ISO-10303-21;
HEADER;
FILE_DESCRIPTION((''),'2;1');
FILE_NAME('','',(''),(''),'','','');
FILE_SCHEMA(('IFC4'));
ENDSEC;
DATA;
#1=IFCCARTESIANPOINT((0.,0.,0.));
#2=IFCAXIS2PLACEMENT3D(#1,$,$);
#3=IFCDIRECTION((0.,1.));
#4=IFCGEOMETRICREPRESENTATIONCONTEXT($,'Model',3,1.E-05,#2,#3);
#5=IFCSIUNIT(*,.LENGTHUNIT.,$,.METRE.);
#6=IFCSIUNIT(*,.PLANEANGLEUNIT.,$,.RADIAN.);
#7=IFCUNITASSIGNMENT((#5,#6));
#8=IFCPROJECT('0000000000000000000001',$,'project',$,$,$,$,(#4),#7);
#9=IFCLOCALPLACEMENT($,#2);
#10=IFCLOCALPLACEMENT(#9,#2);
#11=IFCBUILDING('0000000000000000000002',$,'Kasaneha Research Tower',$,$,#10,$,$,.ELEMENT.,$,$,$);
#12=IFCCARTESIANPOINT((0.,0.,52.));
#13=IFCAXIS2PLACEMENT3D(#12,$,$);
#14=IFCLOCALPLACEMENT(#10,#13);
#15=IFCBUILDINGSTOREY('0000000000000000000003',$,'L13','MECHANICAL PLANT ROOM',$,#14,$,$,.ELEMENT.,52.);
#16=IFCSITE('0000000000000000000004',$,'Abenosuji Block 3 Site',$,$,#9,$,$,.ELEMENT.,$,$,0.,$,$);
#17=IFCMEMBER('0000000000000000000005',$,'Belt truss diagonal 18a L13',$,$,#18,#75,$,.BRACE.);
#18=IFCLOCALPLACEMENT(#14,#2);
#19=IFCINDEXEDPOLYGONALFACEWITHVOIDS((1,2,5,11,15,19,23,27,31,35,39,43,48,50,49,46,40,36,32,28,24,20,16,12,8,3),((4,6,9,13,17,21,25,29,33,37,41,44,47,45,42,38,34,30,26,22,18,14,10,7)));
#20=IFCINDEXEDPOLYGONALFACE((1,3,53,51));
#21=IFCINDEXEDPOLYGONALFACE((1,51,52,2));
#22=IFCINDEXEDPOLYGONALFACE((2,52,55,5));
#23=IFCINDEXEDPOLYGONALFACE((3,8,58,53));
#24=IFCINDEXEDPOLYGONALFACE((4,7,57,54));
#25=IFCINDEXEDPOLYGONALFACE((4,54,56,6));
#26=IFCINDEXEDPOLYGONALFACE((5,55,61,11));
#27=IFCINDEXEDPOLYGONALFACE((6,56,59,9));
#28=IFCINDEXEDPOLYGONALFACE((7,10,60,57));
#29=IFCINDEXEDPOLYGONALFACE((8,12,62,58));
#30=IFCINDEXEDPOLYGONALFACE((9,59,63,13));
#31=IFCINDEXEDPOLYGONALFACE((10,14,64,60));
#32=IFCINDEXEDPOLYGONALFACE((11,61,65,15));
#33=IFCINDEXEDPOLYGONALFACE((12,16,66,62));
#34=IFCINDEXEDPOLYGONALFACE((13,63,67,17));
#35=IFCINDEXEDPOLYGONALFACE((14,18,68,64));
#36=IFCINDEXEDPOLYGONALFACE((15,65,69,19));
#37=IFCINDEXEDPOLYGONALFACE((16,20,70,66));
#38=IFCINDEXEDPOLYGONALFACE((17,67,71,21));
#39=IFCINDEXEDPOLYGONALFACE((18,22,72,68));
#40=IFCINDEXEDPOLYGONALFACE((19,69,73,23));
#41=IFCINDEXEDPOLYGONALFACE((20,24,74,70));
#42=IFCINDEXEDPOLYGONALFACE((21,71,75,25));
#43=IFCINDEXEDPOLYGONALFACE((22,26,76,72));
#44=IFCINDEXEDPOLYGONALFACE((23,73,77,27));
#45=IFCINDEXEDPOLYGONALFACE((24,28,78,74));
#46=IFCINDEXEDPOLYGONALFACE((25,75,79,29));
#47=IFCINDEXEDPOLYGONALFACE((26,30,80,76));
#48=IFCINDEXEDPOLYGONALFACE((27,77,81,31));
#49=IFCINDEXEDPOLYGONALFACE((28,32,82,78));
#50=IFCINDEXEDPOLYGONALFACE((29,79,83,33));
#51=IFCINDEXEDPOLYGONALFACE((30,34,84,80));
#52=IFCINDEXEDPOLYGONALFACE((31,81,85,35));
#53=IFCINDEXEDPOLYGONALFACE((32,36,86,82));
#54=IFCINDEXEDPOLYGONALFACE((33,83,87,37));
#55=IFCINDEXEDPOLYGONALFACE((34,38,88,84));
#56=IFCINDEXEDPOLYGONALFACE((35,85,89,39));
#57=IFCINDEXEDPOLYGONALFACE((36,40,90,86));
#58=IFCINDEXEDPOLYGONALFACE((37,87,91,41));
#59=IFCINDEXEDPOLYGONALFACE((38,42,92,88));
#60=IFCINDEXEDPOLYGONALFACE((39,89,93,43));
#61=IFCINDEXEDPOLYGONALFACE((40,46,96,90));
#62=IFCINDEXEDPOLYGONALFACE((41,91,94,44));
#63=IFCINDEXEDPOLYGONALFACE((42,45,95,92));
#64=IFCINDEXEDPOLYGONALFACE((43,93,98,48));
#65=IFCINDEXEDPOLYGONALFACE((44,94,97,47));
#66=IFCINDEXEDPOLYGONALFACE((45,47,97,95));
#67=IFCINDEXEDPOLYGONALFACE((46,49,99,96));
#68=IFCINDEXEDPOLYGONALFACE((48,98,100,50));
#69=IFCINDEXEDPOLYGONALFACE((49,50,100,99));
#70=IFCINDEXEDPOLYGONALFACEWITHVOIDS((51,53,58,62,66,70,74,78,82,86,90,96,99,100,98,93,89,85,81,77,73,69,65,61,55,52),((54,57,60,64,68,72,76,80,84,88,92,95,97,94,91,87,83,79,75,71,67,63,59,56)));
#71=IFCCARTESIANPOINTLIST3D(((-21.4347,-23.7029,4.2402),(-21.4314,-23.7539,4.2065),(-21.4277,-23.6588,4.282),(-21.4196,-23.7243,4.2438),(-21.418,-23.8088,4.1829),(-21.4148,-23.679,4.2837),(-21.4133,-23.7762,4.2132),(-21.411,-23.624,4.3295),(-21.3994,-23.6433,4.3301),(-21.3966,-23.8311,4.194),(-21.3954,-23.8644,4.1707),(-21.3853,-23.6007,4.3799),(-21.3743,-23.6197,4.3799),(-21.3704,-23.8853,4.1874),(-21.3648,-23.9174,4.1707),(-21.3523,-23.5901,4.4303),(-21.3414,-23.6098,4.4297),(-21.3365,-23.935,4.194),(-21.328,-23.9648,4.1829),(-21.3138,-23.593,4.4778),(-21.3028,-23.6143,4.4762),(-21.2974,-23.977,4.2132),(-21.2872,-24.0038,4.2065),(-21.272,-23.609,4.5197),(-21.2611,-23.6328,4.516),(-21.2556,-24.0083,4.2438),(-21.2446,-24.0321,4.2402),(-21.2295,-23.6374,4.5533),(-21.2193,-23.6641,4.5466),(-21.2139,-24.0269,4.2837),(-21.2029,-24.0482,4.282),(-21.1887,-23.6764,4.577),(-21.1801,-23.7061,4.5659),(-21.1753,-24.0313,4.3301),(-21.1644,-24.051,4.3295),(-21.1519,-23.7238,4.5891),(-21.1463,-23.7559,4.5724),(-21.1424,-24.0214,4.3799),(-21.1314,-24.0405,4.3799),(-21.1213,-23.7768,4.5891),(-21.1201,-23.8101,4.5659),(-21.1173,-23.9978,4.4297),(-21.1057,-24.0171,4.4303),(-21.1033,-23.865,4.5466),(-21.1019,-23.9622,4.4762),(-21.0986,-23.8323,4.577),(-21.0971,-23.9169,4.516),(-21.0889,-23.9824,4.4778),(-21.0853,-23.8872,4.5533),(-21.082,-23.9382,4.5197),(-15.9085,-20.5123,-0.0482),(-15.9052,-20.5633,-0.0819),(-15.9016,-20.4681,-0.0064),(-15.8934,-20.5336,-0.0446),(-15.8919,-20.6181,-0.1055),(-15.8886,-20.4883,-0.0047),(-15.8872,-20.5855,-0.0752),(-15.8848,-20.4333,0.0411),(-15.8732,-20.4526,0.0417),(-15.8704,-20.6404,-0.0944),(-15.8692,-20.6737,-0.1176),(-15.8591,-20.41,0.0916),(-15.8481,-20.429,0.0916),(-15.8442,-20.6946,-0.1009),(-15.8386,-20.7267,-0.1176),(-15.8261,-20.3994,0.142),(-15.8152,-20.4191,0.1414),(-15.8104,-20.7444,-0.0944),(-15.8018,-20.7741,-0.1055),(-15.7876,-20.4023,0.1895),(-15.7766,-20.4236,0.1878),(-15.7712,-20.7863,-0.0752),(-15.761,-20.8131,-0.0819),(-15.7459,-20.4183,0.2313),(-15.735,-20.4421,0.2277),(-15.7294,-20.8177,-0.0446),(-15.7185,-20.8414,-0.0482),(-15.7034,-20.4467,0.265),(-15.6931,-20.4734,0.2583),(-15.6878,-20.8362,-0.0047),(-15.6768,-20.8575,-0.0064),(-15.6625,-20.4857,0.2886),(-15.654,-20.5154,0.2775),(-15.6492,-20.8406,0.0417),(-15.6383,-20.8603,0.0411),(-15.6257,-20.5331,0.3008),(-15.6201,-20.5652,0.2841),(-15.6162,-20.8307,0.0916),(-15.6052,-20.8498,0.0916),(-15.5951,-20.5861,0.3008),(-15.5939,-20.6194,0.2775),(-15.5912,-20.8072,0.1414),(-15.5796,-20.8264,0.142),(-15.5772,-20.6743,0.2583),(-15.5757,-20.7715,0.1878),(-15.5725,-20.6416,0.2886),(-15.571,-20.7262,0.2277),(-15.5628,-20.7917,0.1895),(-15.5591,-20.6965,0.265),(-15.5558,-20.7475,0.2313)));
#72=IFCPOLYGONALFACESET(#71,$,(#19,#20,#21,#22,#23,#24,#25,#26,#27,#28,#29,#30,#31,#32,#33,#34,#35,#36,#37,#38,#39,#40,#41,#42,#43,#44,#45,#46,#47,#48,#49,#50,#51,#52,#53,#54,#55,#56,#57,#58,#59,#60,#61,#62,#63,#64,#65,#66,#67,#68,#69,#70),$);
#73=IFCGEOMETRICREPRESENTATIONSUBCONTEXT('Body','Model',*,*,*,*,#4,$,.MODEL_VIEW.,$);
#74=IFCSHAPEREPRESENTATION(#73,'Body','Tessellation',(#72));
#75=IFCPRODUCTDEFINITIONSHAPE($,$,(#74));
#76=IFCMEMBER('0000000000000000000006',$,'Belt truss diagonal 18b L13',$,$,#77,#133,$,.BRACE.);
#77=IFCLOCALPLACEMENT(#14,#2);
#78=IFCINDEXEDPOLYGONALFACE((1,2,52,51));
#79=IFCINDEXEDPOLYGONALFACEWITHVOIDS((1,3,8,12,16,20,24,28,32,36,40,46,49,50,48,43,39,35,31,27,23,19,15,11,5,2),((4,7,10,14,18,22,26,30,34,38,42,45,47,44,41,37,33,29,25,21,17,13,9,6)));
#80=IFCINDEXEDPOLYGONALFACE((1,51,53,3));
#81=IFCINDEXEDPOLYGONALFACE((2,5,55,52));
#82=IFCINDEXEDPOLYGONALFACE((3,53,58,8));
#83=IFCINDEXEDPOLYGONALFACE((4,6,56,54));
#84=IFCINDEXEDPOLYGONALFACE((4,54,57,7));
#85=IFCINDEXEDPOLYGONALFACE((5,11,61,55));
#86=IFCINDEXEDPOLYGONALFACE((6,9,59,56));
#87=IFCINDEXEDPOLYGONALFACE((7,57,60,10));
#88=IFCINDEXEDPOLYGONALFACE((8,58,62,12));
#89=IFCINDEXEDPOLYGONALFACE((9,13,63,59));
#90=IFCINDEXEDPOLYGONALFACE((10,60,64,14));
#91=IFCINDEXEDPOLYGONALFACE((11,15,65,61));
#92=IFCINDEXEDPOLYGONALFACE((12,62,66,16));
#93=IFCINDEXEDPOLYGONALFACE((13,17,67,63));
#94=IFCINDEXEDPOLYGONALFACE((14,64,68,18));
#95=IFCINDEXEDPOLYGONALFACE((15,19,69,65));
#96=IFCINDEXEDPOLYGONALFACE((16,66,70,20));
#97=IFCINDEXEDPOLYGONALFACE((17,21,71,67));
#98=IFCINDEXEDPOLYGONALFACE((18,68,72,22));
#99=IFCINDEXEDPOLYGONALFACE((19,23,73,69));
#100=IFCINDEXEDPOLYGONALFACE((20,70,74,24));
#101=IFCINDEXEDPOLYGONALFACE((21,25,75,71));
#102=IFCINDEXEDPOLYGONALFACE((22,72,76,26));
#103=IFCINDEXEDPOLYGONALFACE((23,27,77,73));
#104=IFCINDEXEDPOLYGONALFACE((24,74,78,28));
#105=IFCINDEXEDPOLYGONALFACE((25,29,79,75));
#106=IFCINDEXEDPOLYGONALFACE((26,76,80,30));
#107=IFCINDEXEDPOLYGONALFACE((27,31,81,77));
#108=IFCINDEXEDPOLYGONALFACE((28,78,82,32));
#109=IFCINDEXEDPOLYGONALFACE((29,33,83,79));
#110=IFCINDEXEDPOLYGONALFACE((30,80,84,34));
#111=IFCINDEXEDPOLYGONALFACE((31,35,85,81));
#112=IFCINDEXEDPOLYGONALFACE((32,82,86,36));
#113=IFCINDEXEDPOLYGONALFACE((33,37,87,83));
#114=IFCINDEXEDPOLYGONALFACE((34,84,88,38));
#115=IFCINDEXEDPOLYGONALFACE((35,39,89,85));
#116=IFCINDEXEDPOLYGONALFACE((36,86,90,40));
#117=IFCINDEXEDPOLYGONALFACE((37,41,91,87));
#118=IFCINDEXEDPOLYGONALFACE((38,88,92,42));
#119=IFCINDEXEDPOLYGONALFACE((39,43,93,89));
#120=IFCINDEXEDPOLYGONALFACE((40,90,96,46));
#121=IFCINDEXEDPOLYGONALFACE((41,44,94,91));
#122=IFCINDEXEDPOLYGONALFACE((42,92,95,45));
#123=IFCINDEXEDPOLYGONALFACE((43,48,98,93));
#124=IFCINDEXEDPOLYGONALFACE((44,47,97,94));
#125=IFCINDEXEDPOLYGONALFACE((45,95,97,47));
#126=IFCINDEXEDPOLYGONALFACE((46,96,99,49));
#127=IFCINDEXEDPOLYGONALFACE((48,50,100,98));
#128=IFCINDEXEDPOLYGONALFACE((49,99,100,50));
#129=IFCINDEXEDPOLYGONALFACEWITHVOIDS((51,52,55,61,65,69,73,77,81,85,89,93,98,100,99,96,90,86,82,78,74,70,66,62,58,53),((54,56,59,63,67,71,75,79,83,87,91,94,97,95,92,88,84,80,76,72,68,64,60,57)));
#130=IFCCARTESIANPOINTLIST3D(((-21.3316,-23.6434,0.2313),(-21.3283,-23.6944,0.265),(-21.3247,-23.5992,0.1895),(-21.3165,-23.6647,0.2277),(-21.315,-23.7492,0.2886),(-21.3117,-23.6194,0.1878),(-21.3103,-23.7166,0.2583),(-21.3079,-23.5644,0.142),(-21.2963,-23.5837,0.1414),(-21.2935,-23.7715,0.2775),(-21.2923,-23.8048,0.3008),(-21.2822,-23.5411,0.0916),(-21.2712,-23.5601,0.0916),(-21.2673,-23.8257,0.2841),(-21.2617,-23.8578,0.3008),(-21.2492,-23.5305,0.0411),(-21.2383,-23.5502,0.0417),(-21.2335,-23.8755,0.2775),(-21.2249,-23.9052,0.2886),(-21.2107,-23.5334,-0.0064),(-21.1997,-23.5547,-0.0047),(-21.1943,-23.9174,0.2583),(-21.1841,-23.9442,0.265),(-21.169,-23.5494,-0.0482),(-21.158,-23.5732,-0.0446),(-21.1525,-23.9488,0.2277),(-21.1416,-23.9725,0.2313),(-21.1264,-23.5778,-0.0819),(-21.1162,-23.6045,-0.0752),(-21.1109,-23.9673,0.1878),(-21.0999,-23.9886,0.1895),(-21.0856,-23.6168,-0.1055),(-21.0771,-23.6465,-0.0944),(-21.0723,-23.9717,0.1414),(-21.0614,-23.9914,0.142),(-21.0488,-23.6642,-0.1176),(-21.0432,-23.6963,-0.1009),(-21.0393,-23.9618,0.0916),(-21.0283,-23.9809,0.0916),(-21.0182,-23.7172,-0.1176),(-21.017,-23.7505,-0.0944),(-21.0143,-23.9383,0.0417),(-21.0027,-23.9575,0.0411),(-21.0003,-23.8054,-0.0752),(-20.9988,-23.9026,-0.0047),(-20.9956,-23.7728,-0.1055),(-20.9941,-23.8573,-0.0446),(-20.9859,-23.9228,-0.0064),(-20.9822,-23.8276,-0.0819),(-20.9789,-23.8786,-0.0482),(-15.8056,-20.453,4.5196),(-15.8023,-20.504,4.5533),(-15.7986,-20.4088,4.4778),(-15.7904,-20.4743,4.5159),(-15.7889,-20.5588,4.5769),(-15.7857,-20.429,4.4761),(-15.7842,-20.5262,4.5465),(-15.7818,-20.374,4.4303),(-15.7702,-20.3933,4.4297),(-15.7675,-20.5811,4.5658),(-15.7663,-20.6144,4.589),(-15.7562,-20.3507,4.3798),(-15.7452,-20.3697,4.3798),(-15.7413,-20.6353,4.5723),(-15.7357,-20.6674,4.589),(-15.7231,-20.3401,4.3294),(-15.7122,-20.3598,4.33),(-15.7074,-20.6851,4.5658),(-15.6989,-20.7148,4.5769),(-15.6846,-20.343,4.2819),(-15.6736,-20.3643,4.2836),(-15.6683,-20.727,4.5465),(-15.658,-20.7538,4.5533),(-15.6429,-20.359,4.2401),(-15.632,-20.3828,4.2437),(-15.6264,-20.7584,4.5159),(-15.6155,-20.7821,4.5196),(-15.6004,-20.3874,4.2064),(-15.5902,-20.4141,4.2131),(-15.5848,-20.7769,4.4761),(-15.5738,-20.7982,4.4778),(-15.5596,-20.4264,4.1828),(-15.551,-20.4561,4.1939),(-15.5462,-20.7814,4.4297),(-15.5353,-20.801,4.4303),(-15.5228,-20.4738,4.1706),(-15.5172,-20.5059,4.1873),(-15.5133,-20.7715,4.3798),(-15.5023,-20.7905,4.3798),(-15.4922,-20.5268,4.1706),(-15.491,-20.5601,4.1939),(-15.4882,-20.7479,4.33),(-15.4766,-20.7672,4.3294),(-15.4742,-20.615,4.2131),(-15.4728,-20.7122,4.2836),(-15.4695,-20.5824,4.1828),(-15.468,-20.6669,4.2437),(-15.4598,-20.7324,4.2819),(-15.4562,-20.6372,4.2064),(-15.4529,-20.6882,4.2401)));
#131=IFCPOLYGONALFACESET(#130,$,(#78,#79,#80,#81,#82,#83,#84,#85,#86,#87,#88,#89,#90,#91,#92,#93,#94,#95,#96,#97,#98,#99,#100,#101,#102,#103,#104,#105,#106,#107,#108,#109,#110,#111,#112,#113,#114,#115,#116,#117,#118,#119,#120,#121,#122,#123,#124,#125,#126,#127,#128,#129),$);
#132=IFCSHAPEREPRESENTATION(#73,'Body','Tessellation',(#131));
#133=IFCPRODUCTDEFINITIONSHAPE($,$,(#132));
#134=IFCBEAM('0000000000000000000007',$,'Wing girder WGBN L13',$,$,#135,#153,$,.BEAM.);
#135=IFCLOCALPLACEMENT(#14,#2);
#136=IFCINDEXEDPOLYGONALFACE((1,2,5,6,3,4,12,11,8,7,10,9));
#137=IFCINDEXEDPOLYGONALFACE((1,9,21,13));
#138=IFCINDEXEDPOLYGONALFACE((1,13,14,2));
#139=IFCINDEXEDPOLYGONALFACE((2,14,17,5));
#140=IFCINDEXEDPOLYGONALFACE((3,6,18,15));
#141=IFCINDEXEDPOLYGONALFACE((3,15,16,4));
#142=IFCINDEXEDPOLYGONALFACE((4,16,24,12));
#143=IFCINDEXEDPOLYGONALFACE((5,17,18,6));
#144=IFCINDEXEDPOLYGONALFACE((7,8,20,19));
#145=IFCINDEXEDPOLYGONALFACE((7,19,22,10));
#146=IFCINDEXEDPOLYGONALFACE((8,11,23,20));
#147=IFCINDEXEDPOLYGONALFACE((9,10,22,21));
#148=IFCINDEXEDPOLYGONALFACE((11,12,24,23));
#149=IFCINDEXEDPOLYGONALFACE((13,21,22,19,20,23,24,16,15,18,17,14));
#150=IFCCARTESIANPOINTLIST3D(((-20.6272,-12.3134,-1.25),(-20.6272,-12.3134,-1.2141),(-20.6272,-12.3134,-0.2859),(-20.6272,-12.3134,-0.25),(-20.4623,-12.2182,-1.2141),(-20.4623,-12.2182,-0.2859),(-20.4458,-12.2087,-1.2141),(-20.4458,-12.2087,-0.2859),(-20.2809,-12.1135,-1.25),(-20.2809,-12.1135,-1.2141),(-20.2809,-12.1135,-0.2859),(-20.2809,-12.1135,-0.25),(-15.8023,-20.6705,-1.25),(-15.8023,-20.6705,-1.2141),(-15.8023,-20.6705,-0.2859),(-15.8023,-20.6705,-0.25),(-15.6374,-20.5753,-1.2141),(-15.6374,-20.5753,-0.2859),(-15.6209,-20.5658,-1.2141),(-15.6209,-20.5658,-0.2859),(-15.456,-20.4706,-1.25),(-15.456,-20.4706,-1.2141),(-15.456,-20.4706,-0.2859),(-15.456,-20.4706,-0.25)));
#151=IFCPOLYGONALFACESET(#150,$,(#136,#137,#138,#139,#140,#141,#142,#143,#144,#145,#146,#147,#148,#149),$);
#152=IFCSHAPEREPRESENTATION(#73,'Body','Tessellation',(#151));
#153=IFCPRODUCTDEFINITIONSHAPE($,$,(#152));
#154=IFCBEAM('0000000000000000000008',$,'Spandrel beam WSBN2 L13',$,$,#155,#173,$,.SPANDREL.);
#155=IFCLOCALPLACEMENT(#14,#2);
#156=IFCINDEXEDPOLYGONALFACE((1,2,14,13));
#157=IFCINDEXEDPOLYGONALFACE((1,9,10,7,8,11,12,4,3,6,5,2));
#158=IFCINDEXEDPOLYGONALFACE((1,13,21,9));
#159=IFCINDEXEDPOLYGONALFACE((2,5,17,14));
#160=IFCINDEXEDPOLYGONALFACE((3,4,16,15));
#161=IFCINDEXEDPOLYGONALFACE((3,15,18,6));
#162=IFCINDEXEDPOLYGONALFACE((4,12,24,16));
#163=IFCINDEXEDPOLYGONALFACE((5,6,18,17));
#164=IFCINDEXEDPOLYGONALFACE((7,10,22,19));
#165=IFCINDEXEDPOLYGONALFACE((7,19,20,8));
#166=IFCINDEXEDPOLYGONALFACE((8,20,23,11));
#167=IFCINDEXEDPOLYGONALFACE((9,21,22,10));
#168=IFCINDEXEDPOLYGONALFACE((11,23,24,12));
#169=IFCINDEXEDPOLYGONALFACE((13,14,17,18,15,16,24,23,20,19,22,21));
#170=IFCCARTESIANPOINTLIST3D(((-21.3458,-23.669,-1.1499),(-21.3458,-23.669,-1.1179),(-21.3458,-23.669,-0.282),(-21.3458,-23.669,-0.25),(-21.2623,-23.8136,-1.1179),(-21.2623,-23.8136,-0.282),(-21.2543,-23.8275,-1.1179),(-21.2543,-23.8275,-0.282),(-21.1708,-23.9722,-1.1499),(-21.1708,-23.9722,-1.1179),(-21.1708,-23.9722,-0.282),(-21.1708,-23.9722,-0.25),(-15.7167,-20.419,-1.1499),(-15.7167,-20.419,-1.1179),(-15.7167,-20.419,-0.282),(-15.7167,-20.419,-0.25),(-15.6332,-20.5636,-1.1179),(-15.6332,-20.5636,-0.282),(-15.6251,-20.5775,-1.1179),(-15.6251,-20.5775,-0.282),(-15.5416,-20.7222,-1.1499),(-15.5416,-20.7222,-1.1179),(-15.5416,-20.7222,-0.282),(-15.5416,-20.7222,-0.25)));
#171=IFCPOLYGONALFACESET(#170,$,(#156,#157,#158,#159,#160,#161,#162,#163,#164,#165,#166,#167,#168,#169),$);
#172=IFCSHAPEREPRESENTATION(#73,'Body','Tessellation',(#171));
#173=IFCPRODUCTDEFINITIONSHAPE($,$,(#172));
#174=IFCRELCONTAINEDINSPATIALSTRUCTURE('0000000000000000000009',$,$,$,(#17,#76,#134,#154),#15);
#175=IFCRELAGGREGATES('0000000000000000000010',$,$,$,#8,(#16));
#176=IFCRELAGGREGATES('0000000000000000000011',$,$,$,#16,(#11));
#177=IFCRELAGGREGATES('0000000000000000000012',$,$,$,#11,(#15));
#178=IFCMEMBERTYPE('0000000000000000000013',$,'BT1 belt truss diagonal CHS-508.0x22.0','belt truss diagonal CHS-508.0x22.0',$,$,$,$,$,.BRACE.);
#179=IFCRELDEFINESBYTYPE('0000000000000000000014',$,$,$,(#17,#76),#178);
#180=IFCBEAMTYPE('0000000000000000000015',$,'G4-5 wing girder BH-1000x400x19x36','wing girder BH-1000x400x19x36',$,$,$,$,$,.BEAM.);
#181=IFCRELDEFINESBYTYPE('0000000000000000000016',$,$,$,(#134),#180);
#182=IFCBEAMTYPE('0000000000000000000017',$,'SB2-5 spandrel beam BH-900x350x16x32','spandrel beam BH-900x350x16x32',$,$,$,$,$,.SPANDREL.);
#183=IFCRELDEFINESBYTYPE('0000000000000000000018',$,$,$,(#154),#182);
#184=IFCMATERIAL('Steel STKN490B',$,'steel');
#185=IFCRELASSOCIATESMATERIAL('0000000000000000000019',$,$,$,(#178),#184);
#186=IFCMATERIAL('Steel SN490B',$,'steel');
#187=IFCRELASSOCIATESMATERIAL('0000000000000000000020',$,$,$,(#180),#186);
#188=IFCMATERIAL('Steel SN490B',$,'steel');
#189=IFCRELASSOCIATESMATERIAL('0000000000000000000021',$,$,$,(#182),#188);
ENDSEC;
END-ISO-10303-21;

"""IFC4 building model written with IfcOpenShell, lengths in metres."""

from ifc_helpers import new_model, si_unit, direction, frame, origin, origin_2d, place, context, subcontext, project, spatial, hollow_circle, i_section, extrude, material, material_profile, profile_set, type_object, element, save


model = new_model("IFC4")

# Units and contexts
model_context = context("Model", 3, precision=1e-05, world=origin(), true_north=direction((0.0, 1.0)))
body_context = subcontext(model_context, "Body", "Model", "MODEL_VIEW")
ifc_project = project(units=[si_unit("LENGTHUNIT", "METRE"), si_unit("PLANEANGLEUNIT", "RADIAN")], contexts=[model_context])

# Site, building, storey
site_placement = place(None, origin())
site = spatial("IfcSite", under=ifc_project, at=site_placement, Name="Abenosuji Block 3 Site", CompositionType="ELEMENT", RefElevation=0.0)
building_placement = place(site_placement, origin())
building = spatial("IfcBuilding", under=site, at=building_placement, Name="Kasaneha Research Tower", CompositionType="ELEMENT")
storey_placement = place(building_placement, frame((0.0, 0.0, 52.0)))
storey = spatial("IfcBuildingStorey", under=building, at=storey_placement, Name="L13", Description="MECHANICAL PLANT ROOM", CompositionType="ELEMENT", Elevation=52.0)

# Members
ifc_material_1 = material(Name="Steel STKN490B", Category="steel")
ifc_material_profile_1 = material_profile(ifc_material_1, hollow_circle(Radius=0.2539, WallThickness=0.022, at=origin_2d()), Name="CHS-508.0x22.0")
ifc_profile_set_1 = profile_set([ifc_material_profile_1], Name="Steel STKN490B")
member_type = type_object("IfcMemberType", Name="BT1 belt truss diagonal CHS-508.0x22.0", Description="belt truss diagonal CHS-508.0x22.0", PredefinedType="BRACE", material=ifc_profile_set_1)
member_1_placement = place(storey_placement, frame((-15.7322, -20.6299, 0.0916), z_axis=(-0.718781, -0.41501, 0.557782), x_axis=(0.500019, -0.866014, 0.0)))
element("IfcMember", 1, at=member_1_placement, inside=storey, type_object=member_type, Name="Belt truss diagonal 18a L13", PredefinedType="BRACE", context=body_context, shape_type="SweptSolid", body=[
    extrude(hollow_circle(Radius=0.2539, WallThickness=0.022, at=origin_2d()), origin(), (0.0, 0.0, 1.0), 7.6882),
])
member_2_placement = place(storey_placement, frame((-21.1553, -23.761, 0.0916), z_axis=(0.718791, 0.414984, 0.557789), x_axis=(-0.499991, 0.866031, 0.0)))
element("IfcMember", 2, at=member_2_placement, inside=storey, type_object=member_type, Name="Belt truss diagonal 18b L13", PredefinedType="BRACE", context=body_context, shape_type="SweptSolid", body=[
    extrude(hollow_circle(Radius=0.2539, WallThickness=0.022, at=origin_2d()), origin(), (0.0, 0.0, 1.0), 7.688),
])

# Beams
ifc_material_2 = material(Name="Steel SN490B", Category="steel")
ifc_material_profile_2 = material_profile(ifc_material_2, i_section(OverallWidth=0.3999, OverallDepth=1.0, WebThickness=0.019, FlangeThickness=0.0359, at=origin_2d()), Name="BH-1000x400x19x36")
ifc_profile_set_2 = profile_set([ifc_material_profile_2], Name="Steel SN490B")
beam_type_1 = type_object("IfcBeamType", Name="G4-5 wing girder BH-1000x400x19x36", Description="wing girder BH-1000x400x19x36", PredefinedType="BEAM", material=ifc_profile_set_2)
beam_1_placement = place(storey_placement, frame((-15.6292, -20.5706, -0.75), z_axis=(-0.499995, 0.866028, 0.0), x_axis=(-0.866028, -0.499995, 0.0)))
element("IfcBeam", 3, at=beam_1_placement, inside=storey, type_object=beam_type_1, Name="Wing girder WGBN L13", PredefinedType="BEAM", context=body_context, shape_type="SweptSolid", body=[
    extrude(i_section(OverallWidth=0.3999, OverallDepth=1.0, WebThickness=0.019, FlangeThickness=0.0359, at=origin_2d()), origin(), (0.0, 0.0, 1.0), 9.6499),
])
ifc_material_3 = material(Name="Steel SN490B", Category="steel")
ifc_material_profile_3 = material_profile(ifc_material_3, i_section(OverallWidth=0.3501, OverallDepth=0.8999, WebThickness=0.0161, FlangeThickness=0.032, at=origin_2d()), Name="BH-900x350x16x32")
ifc_profile_set_3 = profile_set([ifc_material_profile_3], Name="Steel SN490B")
beam_type_2 = type_object("IfcBeamType", Name="SB2-5 spandrel beam BH-900x350x16x32", Description="spandrel beam BH-900x350x16x32", PredefinedType="SPANDREL", material=ifc_profile_set_3)
beam_2_placement = place(storey_placement, frame((-15.6292, -20.5706, -0.7), z_axis=(-0.866025, -0.500001, 0.0), x_axis=(0.500001, -0.866025, 0.0)))
element("IfcBeam", 4, at=beam_2_placement, inside=storey, type_object=beam_type_2, Name="Spandrel beam WSBN2 L13", PredefinedType="SPANDREL", context=body_context, shape_type="SweptSolid", body=[
    extrude(i_section(OverallWidth=0.3501, OverallDepth=0.8999, WebThickness=0.0161, FlangeThickness=0.032, at=origin_2d()), origin(), (0.0, 0.0, 1.0), 6.5),
])

save(model, "model.ifc")
